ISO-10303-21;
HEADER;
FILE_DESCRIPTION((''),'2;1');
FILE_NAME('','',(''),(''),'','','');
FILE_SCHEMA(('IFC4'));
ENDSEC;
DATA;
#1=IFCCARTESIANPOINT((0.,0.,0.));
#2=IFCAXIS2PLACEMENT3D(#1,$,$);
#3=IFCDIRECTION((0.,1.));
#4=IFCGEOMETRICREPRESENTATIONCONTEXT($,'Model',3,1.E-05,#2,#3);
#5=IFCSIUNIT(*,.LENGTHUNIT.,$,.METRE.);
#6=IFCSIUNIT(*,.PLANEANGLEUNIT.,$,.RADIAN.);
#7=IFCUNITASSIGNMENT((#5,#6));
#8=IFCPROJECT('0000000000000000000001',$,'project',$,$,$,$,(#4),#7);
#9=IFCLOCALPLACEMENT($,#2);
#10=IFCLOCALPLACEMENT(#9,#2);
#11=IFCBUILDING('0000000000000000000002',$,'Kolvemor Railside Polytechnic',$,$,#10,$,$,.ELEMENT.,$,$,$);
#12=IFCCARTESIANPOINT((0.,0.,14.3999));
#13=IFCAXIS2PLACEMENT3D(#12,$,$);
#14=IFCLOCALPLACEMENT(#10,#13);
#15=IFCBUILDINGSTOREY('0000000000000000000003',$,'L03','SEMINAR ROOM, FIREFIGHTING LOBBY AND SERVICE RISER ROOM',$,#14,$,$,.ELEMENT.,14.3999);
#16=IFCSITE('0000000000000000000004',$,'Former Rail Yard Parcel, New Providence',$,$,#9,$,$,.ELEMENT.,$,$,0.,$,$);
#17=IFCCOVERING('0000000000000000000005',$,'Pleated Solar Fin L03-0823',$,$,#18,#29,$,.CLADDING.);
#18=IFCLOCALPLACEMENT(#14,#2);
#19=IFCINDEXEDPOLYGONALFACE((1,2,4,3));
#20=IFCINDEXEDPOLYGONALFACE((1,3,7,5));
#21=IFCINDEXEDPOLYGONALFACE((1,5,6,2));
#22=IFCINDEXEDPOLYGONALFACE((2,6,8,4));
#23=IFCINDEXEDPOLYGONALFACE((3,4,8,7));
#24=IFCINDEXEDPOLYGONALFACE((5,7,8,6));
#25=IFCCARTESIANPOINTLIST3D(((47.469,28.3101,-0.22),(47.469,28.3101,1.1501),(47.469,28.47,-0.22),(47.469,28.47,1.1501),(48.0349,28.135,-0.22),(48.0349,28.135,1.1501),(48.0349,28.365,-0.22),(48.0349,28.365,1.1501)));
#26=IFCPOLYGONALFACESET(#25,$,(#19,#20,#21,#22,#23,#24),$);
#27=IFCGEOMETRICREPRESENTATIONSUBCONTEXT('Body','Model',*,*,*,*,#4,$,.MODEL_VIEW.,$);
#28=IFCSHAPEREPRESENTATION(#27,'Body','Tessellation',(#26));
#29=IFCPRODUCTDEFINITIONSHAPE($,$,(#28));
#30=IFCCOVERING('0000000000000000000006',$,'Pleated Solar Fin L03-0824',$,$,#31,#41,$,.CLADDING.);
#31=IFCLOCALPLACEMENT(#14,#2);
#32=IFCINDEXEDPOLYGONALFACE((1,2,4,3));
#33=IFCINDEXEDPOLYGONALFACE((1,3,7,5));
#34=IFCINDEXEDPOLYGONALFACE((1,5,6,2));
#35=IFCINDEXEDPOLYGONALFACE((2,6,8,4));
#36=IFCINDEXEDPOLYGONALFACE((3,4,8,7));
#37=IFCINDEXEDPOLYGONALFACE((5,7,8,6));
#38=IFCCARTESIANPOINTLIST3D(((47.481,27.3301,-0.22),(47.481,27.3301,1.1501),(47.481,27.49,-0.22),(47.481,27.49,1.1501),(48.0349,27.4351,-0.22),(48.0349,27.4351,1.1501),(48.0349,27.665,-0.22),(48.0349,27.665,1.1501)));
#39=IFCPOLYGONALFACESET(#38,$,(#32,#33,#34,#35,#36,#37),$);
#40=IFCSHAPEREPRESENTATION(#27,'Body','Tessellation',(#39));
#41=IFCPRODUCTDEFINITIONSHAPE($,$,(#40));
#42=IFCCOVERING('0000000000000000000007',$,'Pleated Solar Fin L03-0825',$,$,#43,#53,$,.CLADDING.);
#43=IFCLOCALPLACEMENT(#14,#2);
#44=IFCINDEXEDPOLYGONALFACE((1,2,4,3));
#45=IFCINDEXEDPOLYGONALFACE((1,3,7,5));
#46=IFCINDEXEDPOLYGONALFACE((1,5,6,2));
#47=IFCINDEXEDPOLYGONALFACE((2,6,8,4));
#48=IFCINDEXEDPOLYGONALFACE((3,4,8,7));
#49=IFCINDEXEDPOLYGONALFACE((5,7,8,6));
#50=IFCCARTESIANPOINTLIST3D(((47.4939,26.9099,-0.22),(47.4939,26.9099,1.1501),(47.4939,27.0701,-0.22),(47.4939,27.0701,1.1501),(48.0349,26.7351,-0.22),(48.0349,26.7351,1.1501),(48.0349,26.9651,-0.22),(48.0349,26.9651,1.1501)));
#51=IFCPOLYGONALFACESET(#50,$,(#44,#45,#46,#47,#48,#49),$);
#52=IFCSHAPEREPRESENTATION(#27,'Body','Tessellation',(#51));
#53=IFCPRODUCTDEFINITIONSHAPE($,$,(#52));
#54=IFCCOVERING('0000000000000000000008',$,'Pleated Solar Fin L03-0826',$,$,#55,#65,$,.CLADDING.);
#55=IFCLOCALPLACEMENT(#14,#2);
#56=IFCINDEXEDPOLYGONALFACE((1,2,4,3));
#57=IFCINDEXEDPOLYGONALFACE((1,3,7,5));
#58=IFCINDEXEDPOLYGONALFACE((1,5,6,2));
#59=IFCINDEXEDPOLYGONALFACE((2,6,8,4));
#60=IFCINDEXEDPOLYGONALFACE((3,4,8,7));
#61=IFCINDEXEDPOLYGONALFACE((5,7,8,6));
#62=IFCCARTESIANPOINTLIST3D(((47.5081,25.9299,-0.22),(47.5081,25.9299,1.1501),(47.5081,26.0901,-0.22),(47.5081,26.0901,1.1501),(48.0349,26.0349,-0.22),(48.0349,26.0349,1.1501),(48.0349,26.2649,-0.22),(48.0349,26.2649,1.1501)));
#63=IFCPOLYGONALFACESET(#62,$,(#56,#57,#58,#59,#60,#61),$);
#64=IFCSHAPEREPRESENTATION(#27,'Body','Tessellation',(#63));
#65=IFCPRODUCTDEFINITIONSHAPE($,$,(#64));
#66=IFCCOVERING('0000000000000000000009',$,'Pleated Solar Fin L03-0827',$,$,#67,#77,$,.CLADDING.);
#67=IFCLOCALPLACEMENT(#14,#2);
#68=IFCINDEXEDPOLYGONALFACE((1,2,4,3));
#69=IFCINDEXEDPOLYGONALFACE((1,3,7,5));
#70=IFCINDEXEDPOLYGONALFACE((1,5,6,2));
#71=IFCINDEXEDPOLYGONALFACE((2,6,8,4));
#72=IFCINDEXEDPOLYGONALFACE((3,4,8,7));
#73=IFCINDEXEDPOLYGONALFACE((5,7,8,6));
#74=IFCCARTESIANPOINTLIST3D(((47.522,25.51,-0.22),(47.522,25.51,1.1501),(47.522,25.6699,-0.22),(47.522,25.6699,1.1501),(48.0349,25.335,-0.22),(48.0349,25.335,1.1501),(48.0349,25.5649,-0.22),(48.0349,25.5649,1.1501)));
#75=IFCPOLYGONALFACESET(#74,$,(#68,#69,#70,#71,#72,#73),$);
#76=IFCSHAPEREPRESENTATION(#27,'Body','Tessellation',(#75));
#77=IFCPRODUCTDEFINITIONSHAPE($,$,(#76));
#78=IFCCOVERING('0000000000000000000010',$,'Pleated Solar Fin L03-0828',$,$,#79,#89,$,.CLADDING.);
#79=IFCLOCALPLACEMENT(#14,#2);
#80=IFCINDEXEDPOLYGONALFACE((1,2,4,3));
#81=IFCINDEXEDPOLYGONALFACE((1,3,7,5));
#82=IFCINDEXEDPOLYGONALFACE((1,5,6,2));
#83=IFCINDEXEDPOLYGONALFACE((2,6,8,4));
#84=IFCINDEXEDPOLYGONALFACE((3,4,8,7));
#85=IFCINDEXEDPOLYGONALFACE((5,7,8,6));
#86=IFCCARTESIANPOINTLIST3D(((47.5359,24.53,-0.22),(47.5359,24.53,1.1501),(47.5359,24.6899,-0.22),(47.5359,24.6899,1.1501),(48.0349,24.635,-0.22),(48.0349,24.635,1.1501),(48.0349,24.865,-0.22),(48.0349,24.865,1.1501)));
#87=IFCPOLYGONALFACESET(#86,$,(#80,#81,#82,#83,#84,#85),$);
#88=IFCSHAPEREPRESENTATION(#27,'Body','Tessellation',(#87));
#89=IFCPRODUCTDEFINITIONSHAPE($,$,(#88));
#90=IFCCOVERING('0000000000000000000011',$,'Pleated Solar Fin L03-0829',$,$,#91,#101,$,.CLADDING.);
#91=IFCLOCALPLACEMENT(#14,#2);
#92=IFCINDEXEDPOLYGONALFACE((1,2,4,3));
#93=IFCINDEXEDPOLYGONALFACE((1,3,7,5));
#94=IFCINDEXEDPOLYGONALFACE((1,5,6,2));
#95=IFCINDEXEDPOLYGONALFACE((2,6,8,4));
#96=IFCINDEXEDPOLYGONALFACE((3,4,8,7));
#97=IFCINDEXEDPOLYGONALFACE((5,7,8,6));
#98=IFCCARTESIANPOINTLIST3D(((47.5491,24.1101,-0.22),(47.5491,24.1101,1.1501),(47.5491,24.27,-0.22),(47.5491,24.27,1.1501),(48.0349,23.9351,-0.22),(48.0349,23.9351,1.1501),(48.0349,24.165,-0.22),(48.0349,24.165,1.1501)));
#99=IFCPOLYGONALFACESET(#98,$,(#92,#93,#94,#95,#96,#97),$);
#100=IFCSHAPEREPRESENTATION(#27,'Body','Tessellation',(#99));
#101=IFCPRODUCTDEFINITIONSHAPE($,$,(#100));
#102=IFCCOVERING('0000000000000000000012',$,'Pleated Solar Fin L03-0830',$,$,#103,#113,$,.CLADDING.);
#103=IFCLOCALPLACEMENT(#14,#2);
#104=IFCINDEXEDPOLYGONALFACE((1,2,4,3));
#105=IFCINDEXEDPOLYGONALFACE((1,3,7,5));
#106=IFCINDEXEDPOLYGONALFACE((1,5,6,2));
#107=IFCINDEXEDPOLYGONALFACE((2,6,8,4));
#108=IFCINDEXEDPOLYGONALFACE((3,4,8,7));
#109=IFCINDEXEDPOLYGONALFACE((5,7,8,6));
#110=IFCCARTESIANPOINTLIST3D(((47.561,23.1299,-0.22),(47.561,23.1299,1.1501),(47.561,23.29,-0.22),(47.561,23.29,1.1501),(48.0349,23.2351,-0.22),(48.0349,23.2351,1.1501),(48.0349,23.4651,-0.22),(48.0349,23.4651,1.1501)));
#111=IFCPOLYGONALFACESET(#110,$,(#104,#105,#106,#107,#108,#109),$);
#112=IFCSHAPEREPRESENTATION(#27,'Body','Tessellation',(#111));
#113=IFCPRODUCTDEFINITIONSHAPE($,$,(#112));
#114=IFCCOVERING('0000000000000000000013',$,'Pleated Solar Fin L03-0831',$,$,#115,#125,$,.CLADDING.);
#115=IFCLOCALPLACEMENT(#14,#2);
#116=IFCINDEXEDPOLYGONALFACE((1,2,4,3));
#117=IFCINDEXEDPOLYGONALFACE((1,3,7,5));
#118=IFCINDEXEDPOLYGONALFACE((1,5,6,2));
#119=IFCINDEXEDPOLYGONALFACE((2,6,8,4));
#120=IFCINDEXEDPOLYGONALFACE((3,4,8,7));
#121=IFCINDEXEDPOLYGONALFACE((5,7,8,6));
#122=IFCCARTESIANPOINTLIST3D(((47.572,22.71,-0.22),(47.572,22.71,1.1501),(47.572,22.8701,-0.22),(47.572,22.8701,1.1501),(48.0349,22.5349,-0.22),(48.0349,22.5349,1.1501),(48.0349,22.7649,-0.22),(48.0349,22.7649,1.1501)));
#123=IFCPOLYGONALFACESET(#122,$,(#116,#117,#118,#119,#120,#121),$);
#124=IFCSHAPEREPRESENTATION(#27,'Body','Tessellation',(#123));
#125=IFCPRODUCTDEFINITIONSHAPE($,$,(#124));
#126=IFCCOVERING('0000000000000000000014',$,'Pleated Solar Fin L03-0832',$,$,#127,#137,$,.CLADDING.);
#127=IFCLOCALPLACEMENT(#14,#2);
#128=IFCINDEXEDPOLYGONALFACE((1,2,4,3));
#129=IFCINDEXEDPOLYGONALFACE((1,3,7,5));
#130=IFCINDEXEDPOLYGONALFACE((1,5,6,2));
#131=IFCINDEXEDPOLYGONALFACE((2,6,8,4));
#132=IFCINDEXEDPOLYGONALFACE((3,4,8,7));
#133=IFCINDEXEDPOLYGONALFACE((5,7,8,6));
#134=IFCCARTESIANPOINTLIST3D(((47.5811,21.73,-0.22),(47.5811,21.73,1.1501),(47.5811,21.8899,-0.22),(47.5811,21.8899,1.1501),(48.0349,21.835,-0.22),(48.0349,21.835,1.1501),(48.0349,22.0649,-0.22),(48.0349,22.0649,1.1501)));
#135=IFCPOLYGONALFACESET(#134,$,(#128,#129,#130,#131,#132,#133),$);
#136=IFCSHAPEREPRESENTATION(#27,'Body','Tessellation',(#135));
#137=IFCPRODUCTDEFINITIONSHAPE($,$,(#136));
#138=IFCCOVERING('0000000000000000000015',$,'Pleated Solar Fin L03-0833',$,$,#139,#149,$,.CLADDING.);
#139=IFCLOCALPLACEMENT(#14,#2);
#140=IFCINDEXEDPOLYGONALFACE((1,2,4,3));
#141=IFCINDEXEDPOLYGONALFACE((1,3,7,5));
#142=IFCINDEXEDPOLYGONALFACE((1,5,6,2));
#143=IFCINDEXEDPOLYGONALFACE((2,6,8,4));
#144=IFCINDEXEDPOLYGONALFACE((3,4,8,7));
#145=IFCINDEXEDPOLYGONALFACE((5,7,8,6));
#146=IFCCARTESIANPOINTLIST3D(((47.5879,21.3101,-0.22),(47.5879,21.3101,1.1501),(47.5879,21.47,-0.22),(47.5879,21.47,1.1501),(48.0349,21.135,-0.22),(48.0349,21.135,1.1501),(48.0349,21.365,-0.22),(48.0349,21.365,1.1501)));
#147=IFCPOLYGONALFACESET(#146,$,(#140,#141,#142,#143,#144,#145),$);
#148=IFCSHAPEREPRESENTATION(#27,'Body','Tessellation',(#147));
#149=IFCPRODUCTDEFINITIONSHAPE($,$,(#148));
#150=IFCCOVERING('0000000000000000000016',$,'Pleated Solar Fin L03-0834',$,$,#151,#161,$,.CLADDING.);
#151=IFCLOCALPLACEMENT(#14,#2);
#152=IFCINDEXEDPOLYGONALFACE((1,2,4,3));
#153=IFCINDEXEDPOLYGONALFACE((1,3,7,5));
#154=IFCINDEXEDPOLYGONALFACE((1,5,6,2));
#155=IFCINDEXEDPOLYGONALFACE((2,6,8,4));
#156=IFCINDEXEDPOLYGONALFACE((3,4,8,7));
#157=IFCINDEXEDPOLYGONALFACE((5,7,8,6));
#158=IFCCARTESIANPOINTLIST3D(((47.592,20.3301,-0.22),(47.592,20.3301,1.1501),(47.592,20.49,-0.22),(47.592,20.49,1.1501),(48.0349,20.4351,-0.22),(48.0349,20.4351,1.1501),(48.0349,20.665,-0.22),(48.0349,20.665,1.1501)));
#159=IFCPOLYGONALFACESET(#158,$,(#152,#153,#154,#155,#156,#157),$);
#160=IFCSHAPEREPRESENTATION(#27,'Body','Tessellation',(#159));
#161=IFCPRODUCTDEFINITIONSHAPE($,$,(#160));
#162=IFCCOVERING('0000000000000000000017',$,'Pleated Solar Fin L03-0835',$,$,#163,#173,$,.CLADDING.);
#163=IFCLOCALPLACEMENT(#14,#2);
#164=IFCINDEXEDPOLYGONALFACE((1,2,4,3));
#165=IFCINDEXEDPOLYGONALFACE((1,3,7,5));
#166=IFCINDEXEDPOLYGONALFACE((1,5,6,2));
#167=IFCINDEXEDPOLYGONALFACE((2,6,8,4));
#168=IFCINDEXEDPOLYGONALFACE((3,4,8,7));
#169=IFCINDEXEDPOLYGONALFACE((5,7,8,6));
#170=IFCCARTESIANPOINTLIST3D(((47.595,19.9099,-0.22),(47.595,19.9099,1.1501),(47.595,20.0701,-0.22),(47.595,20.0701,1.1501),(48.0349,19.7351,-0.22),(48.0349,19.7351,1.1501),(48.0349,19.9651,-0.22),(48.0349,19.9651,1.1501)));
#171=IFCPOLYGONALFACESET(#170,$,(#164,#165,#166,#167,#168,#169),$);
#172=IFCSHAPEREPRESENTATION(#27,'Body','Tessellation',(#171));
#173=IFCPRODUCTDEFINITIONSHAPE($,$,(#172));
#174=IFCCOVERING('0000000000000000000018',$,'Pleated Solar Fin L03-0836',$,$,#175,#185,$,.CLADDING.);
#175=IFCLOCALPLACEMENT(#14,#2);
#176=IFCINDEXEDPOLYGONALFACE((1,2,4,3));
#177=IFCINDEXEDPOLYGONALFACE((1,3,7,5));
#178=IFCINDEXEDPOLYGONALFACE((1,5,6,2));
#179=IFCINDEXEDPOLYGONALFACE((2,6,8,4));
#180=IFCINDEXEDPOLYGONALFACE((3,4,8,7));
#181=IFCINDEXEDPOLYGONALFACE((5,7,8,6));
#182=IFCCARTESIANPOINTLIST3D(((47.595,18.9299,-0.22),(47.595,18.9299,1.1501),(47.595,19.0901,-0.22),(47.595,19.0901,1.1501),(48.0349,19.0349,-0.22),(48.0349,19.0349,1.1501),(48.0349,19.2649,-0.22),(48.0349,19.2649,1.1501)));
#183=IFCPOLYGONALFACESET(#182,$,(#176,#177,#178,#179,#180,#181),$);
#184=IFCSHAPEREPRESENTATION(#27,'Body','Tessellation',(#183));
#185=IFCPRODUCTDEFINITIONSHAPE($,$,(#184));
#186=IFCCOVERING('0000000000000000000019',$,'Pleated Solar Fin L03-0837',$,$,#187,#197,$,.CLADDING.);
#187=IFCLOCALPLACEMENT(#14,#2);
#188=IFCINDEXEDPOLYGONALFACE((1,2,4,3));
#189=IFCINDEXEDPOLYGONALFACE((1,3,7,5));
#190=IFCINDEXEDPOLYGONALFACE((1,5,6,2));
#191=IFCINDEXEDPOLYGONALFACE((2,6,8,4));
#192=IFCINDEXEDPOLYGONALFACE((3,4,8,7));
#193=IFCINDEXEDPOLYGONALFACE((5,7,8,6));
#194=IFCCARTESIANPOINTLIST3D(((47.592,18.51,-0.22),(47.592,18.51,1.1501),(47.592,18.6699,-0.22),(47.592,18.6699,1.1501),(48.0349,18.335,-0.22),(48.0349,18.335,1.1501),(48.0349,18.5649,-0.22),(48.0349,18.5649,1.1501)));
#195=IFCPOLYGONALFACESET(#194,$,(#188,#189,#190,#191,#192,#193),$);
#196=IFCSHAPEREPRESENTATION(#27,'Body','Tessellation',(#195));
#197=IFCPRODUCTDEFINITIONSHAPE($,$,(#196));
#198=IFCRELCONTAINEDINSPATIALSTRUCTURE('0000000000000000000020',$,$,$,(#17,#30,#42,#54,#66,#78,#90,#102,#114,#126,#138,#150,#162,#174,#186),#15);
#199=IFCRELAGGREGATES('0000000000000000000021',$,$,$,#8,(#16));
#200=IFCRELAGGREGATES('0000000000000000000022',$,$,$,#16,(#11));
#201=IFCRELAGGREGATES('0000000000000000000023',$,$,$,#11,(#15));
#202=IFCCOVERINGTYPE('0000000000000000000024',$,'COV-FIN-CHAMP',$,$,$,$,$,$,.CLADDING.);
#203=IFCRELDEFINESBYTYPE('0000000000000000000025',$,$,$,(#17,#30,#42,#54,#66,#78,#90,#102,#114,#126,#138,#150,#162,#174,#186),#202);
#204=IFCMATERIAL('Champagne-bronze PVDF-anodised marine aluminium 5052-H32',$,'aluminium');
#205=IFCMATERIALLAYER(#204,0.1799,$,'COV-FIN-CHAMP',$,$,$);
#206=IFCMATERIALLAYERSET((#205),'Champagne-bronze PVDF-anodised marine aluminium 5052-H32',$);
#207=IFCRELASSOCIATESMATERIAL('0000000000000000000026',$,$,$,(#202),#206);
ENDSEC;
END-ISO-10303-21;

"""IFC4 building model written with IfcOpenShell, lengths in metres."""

from ifc_helpers import new_model, si_unit, direction, frame, origin, place, context, subcontext, project, spatial, polyline, outline, extrude, material, layer, layer_set, type_object, element, save


model = new_model("IFC4")

# Units and contexts
model_context = context("Model", 3, precision=1e-05, world=origin(), true_north=direction((0.0, 1.0)))
body_context = subcontext(model_context, "Body", "Model", "MODEL_VIEW")
ifc_project = project(units=[si_unit("LENGTHUNIT", "METRE"), si_unit("PLANEANGLEUNIT", "RADIAN")], contexts=[model_context])

# Site, building, storey
site_placement = place(None, origin())
site = spatial("IfcSite", under=ifc_project, at=site_placement, Name="Former Rail Yard Parcel, New Providence", CompositionType="ELEMENT", RefElevation=0.0)
building_placement = place(site_placement, origin())
building = spatial("IfcBuilding", under=site, at=building_placement, Name="Kolvemor Railside Polytechnic", CompositionType="ELEMENT")
storey_placement = place(building_placement, frame((0.0, 0.0, 14.3999)))
storey = spatial("IfcBuildingStorey", under=building, at=storey_placement, Name="L03", Description="SEMINAR ROOM, FIREFIGHTING LOBBY AND SERVICE RISER ROOM", CompositionType="ELEMENT", Elevation=14.3999)

# Coverings
ifc_material = material(Name="Champagne-bronze PVDF-anodised marine aluminium 5052-H32", Category="aluminium")
ifc_layer = layer(ifc_material, 0.1799, Name="COV-FIN-CHAMP")
ifc_layer_set = layer_set([ifc_layer], Name="Champagne-bronze PVDF-anodised marine aluminium 5052-H32")
covering_type = type_object("IfcCoveringType", Name="COV-FIN-CHAMP", PredefinedType="CLADDING", material=ifc_layer_set)
covering_1_placement = place(storey_placement, frame((0.0, 0.0, -0.22)))
element("IfcCovering", 1, at=covering_1_placement, inside=storey, type_object=covering_type, Name="Pleated Solar Fin L03-0823", PredefinedType="CLADDING", context=body_context, shape_type="SweptSolid", body=[
    extrude(outline(polyline([(48.0349, 28.365), (48.0349, 28.135), (47.469, 28.3101), (47.469, 28.47), (48.0349, 28.365)])), origin(), (0.0, 0.0, 1.0), 1.3701),
])
covering_2_placement = place(storey_placement, frame((0.0, 0.0, -0.22)))
element("IfcCovering", 2, at=covering_2_placement, inside=storey, type_object=covering_type, Name="Pleated Solar Fin L03-0824", PredefinedType="CLADDING", context=body_context, shape_type="SweptSolid", body=[
    extrude(outline(polyline([(48.0349, 27.665), (48.0349, 27.4351), (47.481, 27.3301), (47.481, 27.49), (48.0349, 27.665)])), origin(), (0.0, 0.0, 1.0), 1.3701),
])
covering_3_placement = place(storey_placement, frame((0.0, 0.0, -0.22)))
element("IfcCovering", 3, at=covering_3_placement, inside=storey, type_object=covering_type, Name="Pleated Solar Fin L03-0825", PredefinedType="CLADDING", context=body_context, shape_type="SweptSolid", body=[
    extrude(outline(polyline([(48.0349, 26.9651), (48.0349, 26.7351), (47.4939, 26.9099), (47.4939, 27.0701), (48.0349, 26.9651)])), origin(), (0.0, 0.0, 1.0), 1.3701),
])
covering_4_placement = place(storey_placement, frame((0.0, 0.0, -0.22)))
element("IfcCovering", 4, at=covering_4_placement, inside=storey, type_object=covering_type, Name="Pleated Solar Fin L03-0826", PredefinedType="CLADDING", context=body_context, shape_type="SweptSolid", body=[
    extrude(outline(polyline([(48.0349, 26.2649), (48.0349, 26.0349), (47.5081, 25.9299), (47.5081, 26.0901), (48.0349, 26.2649)])), origin(), (0.0, 0.0, 1.0), 1.3701),
])
covering_5_placement = place(storey_placement, frame((0.0, 0.0, -0.22)))
element("IfcCovering", 5, at=covering_5_placement, inside=storey, type_object=covering_type, Name="Pleated Solar Fin L03-0827", PredefinedType="CLADDING", context=body_context, shape_type="SweptSolid", body=[
    extrude(outline(polyline([(48.0349, 25.5649), (48.0349, 25.335), (47.522, 25.51), (47.522, 25.6699), (48.0349, 25.5649)])), origin(), (0.0, 0.0, 1.0), 1.3701),
])
covering_6_placement = place(storey_placement, frame((0.0, 0.0, -0.22)))
element("IfcCovering", 6, at=covering_6_placement, inside=storey, type_object=covering_type, Name="Pleated Solar Fin L03-0828", PredefinedType="CLADDING", context=body_context, shape_type="SweptSolid", body=[
    extrude(outline(polyline([(48.0349, 24.865), (48.0349, 24.635), (47.5359, 24.53), (47.5359, 24.6899), (48.0349, 24.865)])), origin(), (0.0, 0.0, 1.0), 1.3701),
])
covering_7_placement = place(storey_placement, frame((0.0, 0.0, -0.22)))
element("IfcCovering", 7, at=covering_7_placement, inside=storey, type_object=covering_type, Name="Pleated Solar Fin L03-0829", PredefinedType="CLADDING", context=body_context, shape_type="SweptSolid", body=[
    extrude(outline(polyline([(48.0349, 24.165), (48.0349, 23.9351), (47.5491, 24.1101), (47.5491, 24.27), (48.0349, 24.165)])), origin(), (0.0, 0.0, 1.0), 1.3701),
])
covering_8_placement = place(storey_placement, frame((0.0, 0.0, -0.22)))
element("IfcCovering", 8, at=covering_8_placement, inside=storey, type_object=covering_type, Name="Pleated Solar Fin L03-0830", PredefinedType="CLADDING", context=body_context, shape_type="SweptSolid", body=[
    extrude(outline(polyline([(48.0349, 23.4651), (48.0349, 23.2351), (47.561, 23.1299), (47.561, 23.29), (48.0349, 23.4651)])), origin(), (0.0, 0.0, 1.0), 1.3701),
])
covering_9_placement = place(storey_placement, frame((0.0, 0.0, -0.22)))
element("IfcCovering", 9, at=covering_9_placement, inside=storey, type_object=covering_type, Name="Pleated Solar Fin L03-0831", PredefinedType="CLADDING", context=body_context, shape_type="SweptSolid", body=[
    extrude(outline(polyline([(48.0349, 22.7649), (48.0349, 22.5349), (47.572, 22.71), (47.572, 22.8701), (48.0349, 22.7649)])), origin(), (0.0, 0.0, 1.0), 1.3701),
])
covering_10_placement = place(storey_placement, frame((0.0, 0.0, -0.22)))
element("IfcCovering", 10, at=covering_10_placement, inside=storey, type_object=covering_type, Name="Pleated Solar Fin L03-0832", PredefinedType="CLADDING", context=body_context, shape_type="SweptSolid", body=[
    extrude(outline(polyline([(48.0349, 22.0649), (48.0349, 21.835), (47.5811, 21.73), (47.5811, 21.8899), (48.0349, 22.0649)])), origin(), (0.0, 0.0, 1.0), 1.3701),
])
covering_11_placement = place(storey_placement, frame((0.0, 0.0, -0.22)))
element("IfcCovering", 11, at=covering_11_placement, inside=storey, type_object=covering_type, Name="Pleated Solar Fin L03-0833", PredefinedType="CLADDING", context=body_context, shape_type="SweptSolid", body=[
    extrude(outline(polyline([(48.0349, 21.365), (48.0349, 21.135), (47.5879, 21.3101), (47.5879, 21.47), (48.0349, 21.365)])), origin(), (0.0, 0.0, 1.0), 1.3701),
])
covering_12_placement = place(storey_placement, frame((0.0, 0.0, -0.22)))
element("IfcCovering", 12, at=covering_12_placement, inside=storey, type_object=covering_type, Name="Pleated Solar Fin L03-0834", PredefinedType="CLADDING", context=body_context, shape_type="SweptSolid", body=[
    extrude(outline(polyline([(48.0349, 20.665), (48.0349, 20.4351), (47.592, 20.3301), (47.592, 20.49), (48.0349, 20.665)])), origin(), (0.0, 0.0, 1.0), 1.3701),
])
covering_13_placement = place(storey_placement, frame((0.0, 0.0, -0.22)))
element("IfcCovering", 13, at=covering_13_placement, inside=storey, type_object=covering_type, Name="Pleated Solar Fin L03-0835", PredefinedType="CLADDING", context=body_context, shape_type="SweptSolid", body=[
    extrude(outline(polyline([(48.0349, 19.9651), (48.0349, 19.7351), (47.595, 19.9099), (47.595, 20.0701), (48.0349, 19.9651)])), origin(), (0.0, 0.0, 1.0), 1.3701),
])
covering_14_placement = place(storey_placement, frame((0.0, 0.0, -0.22)))
element("IfcCovering", 14, at=covering_14_placement, inside=storey, type_object=covering_type, Name="Pleated Solar Fin L03-0836", PredefinedType="CLADDING", context=body_context, shape_type="SweptSolid", body=[
    extrude(outline(polyline([(48.0349, 19.2649), (48.0349, 19.0349), (47.595, 18.9299), (47.595, 19.0901), (48.0349, 19.2649)])), origin(), (0.0, 0.0, 1.0), 1.3701),
])
covering_15_placement = place(storey_placement, frame((0.0, 0.0, -0.22)))
element("IfcCovering", 15, at=covering_15_placement, inside=storey, type_object=covering_type, Name="Pleated Solar Fin L03-0837", PredefinedType="CLADDING", context=body_context, shape_type="SweptSolid", body=[
    extrude(outline(polyline([(48.0349, 18.5649), (48.0349, 18.335), (47.592, 18.51), (47.592, 18.6699), (48.0349, 18.5649)])), origin(), (0.0, 0.0, 1.0), 1.3701),
])

save(model, "model.ifc")
